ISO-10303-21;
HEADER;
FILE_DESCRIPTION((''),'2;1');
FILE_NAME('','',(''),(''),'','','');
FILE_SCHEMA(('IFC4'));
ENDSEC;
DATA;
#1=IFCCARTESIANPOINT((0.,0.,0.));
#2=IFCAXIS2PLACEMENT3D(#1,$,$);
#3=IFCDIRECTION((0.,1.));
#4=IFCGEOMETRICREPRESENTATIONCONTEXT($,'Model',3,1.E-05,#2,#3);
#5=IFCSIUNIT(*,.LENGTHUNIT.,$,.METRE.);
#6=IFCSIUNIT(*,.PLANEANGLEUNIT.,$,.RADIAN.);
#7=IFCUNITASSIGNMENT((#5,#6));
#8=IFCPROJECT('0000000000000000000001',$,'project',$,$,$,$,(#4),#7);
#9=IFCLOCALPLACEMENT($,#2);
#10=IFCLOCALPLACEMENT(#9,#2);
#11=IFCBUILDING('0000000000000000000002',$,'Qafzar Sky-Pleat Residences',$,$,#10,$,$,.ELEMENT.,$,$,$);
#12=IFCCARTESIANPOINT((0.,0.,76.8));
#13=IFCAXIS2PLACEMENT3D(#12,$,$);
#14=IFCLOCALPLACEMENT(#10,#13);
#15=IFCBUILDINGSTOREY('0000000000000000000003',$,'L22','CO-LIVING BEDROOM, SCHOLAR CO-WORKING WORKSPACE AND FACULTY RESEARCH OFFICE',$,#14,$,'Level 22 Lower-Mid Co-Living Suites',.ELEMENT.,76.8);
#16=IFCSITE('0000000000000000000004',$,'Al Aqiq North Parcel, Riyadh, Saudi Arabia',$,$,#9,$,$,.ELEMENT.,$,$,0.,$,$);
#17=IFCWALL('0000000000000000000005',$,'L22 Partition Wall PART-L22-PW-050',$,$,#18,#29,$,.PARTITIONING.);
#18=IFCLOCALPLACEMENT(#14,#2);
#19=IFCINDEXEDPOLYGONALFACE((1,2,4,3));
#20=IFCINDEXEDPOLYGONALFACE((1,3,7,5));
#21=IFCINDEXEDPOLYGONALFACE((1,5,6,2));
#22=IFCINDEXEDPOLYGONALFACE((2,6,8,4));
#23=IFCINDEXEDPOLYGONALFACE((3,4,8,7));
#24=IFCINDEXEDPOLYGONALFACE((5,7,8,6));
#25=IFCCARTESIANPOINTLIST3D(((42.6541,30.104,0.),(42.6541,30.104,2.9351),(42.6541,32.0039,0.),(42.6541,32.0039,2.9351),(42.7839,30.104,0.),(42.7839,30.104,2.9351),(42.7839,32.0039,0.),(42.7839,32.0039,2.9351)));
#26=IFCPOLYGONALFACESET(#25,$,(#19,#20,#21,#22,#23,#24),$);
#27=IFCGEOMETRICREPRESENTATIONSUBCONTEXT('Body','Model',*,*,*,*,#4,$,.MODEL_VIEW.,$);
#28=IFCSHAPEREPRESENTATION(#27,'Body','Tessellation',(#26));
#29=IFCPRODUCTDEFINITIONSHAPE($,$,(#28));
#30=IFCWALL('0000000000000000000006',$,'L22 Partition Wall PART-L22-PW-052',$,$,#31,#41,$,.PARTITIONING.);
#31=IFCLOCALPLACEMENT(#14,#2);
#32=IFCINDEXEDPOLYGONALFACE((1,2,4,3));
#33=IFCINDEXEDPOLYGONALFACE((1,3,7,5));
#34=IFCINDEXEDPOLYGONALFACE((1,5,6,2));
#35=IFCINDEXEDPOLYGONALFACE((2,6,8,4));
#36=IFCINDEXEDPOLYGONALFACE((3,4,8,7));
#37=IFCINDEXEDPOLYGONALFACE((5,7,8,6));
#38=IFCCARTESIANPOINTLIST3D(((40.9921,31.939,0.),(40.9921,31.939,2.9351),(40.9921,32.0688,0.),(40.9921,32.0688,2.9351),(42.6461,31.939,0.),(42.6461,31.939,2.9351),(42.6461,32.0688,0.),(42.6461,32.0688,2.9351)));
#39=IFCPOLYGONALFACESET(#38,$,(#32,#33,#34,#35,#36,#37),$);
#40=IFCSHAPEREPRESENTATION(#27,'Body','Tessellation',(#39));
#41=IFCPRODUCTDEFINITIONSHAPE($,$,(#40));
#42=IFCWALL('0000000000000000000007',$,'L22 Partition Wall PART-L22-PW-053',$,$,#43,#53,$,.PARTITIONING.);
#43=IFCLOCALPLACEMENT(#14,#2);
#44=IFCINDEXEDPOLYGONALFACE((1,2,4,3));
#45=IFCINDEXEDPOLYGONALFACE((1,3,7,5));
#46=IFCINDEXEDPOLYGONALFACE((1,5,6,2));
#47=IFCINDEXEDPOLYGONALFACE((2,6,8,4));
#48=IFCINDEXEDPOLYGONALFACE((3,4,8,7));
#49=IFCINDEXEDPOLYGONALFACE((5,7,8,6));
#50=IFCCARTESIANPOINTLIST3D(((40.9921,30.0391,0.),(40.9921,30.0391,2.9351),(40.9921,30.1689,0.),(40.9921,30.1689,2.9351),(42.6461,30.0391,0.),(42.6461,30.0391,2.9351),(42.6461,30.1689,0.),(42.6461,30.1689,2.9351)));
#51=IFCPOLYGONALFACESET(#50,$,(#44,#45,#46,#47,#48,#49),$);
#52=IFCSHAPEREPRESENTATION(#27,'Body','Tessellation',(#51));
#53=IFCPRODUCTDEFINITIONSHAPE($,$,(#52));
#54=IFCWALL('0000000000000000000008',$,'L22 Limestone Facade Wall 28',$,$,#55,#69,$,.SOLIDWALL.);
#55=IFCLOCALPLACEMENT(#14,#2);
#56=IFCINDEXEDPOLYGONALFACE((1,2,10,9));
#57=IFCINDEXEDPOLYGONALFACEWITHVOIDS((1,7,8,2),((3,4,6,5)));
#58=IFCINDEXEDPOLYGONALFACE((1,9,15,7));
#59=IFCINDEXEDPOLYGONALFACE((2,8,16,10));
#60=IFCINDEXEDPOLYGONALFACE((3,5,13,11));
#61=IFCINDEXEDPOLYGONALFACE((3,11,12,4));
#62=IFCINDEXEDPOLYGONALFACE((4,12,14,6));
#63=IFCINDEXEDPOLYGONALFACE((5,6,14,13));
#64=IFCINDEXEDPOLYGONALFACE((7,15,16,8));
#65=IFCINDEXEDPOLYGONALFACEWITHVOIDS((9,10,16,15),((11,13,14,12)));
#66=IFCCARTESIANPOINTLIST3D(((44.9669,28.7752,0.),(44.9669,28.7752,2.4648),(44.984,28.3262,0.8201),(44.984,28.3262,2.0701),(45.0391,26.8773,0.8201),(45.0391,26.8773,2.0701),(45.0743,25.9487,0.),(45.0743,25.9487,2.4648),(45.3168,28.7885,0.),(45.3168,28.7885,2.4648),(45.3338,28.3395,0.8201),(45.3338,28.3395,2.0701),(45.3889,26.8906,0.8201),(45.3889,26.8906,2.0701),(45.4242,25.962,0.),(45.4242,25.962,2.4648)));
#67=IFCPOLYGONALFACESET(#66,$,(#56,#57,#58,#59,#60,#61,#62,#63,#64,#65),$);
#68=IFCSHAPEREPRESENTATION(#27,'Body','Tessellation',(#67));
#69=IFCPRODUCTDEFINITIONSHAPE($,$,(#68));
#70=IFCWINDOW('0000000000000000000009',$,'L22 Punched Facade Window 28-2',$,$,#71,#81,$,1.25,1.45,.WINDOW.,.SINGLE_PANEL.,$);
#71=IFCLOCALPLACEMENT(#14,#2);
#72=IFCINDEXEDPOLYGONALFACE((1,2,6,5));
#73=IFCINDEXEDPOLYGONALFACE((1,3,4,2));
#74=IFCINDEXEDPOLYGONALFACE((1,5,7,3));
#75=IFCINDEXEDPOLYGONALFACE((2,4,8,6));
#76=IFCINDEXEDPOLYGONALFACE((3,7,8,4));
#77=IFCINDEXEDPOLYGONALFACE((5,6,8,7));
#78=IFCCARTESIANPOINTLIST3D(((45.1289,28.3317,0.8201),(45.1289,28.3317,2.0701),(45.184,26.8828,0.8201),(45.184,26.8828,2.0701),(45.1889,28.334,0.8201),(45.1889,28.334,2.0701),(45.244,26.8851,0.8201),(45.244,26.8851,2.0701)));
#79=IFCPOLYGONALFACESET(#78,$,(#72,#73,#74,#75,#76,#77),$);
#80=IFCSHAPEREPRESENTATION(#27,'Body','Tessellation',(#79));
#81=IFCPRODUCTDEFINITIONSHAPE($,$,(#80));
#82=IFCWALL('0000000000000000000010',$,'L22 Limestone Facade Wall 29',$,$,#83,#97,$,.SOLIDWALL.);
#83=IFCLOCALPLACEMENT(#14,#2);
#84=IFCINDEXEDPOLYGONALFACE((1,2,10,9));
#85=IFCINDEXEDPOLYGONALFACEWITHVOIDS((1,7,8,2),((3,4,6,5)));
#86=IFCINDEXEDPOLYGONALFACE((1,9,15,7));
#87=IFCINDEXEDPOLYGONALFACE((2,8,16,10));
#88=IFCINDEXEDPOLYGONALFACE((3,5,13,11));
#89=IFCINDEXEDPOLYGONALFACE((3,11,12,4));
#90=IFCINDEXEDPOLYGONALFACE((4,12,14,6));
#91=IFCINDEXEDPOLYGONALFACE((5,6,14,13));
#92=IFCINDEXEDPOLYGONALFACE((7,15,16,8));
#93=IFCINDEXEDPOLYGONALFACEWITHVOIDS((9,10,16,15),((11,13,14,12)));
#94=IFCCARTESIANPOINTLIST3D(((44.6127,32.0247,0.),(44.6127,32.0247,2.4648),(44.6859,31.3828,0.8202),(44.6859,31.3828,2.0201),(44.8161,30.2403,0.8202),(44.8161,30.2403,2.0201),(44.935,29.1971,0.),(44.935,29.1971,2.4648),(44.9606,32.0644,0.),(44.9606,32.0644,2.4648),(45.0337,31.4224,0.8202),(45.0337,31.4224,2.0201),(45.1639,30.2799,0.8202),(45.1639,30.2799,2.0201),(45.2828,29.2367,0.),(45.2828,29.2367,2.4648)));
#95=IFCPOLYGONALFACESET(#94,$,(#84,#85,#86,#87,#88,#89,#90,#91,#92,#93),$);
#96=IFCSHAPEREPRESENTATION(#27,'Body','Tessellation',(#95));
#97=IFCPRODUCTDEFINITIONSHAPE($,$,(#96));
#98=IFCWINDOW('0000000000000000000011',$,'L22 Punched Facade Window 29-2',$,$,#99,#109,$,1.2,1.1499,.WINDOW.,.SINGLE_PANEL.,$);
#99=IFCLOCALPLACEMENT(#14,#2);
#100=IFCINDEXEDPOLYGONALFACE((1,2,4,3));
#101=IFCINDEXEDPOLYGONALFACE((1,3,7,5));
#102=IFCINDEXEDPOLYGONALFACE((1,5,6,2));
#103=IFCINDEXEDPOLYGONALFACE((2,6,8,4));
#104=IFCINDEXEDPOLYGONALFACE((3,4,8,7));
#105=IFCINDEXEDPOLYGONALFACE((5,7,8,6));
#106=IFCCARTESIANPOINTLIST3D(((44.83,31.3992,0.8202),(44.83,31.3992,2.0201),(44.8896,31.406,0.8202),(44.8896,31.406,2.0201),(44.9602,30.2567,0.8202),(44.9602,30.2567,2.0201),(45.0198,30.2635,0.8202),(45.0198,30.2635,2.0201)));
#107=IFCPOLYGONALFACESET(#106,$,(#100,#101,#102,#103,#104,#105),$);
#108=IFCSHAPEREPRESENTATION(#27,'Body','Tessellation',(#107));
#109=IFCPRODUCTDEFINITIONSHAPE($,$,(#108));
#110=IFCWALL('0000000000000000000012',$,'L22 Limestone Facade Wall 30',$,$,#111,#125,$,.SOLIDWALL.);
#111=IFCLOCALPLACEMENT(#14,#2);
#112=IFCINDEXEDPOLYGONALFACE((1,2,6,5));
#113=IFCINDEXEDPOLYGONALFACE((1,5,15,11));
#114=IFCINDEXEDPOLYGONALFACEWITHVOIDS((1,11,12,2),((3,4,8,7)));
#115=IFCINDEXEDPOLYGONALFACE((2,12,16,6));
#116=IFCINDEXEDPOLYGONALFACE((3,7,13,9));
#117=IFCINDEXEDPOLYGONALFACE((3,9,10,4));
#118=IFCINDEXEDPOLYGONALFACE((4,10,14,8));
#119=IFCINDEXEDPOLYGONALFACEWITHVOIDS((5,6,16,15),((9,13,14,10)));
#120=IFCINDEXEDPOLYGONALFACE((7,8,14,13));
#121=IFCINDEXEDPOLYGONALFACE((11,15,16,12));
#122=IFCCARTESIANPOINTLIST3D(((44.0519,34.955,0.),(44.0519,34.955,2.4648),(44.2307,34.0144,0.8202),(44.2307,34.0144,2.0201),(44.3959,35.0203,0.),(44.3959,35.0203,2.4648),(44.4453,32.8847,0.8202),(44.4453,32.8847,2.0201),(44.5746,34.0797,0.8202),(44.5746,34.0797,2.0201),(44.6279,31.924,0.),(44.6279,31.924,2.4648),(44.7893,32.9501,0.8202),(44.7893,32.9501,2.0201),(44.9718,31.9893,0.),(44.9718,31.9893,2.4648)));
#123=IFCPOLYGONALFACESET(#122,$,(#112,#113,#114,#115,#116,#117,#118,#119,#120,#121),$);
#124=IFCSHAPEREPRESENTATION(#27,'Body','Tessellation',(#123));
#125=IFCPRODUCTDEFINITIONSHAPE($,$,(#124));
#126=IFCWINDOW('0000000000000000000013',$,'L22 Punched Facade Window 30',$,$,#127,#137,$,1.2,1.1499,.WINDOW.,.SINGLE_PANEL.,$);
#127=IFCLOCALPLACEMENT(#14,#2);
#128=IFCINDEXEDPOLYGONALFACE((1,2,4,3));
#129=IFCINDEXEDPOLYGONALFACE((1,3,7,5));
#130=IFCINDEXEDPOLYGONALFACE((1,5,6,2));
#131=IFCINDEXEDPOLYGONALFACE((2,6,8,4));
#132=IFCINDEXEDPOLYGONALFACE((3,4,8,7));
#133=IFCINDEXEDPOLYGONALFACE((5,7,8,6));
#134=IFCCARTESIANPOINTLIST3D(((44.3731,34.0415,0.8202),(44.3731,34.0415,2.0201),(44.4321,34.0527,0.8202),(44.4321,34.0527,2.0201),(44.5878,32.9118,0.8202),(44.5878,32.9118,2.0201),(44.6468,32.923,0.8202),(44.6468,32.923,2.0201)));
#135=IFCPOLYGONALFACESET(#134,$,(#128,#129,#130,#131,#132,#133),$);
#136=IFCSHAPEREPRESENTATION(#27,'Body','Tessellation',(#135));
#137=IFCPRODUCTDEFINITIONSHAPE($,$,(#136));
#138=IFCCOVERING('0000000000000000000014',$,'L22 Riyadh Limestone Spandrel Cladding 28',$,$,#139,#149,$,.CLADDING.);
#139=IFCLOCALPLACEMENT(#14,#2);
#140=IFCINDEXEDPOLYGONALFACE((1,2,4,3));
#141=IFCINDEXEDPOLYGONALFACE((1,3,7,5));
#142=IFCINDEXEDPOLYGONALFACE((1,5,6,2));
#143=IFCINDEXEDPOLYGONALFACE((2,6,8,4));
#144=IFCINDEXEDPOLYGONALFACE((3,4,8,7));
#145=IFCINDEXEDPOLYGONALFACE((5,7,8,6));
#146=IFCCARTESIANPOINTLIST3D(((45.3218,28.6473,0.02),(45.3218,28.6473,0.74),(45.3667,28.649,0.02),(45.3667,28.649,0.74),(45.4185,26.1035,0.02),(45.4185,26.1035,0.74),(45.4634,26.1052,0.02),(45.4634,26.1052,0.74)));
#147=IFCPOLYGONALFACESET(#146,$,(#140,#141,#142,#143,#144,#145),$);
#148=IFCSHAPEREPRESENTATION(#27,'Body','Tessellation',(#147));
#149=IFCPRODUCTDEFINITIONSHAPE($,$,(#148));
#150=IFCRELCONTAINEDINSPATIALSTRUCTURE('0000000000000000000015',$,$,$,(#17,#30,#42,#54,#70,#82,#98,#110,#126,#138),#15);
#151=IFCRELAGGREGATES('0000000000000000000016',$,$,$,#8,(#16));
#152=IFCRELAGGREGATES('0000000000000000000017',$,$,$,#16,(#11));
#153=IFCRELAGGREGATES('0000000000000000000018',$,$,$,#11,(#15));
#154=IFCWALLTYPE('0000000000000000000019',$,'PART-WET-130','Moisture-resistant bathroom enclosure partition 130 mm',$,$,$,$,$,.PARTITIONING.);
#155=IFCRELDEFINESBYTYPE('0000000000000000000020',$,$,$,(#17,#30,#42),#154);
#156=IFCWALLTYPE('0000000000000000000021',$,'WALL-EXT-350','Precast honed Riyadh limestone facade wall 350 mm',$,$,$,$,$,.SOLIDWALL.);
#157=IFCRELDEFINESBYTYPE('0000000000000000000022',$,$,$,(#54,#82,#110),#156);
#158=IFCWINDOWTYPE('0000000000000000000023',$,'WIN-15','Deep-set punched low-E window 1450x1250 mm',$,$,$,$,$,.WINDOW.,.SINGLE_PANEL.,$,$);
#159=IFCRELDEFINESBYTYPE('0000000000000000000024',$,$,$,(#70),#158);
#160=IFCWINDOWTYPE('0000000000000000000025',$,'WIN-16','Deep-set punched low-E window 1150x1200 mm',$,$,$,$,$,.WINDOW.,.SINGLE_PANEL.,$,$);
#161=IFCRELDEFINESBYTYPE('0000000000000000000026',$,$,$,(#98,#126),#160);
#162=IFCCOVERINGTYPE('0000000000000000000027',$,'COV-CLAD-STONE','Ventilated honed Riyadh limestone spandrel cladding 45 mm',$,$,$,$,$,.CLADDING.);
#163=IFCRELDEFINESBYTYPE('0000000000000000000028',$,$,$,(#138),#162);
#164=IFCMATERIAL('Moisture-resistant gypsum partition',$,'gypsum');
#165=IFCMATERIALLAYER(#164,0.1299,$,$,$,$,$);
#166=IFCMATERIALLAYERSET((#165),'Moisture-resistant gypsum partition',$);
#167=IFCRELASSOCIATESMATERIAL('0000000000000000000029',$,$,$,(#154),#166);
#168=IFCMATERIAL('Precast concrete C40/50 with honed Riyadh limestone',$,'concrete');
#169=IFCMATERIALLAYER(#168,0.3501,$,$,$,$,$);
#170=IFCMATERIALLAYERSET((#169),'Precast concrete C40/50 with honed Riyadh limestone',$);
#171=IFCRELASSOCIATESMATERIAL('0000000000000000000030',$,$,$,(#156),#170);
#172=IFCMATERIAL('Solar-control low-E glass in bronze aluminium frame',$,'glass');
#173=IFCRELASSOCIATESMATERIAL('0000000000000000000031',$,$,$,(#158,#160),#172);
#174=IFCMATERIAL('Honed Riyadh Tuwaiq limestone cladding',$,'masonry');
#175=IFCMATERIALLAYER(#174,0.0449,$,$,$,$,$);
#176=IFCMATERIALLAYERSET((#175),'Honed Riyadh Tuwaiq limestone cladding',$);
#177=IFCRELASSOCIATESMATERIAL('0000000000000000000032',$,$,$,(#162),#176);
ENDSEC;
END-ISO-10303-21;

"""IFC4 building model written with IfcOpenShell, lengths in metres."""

from ifc_helpers import new_model, si_unit, direction, frame, frame_2d, origin, origin_2d, place, context, subcontext, project, spatial, rectangle, extrude, source, transform, mapped, material, layer, layer_set, type_object, element, fill, save


model = new_model("IFC4")

# Units and contexts
model_context = context("Model", 3, precision=1e-05, world=origin(), true_north=direction((0.0, 1.0)))
body_context = subcontext(model_context, "Body", "Model", "MODEL_VIEW")
ifc_project = project(units=[si_unit("LENGTHUNIT", "METRE"), si_unit("PLANEANGLEUNIT", "RADIAN")], contexts=[model_context])

# Site, building, storey
site_placement = place(None, origin())
site = spatial("IfcSite", under=ifc_project, at=site_placement, Name="Al Aqiq North Parcel, Riyadh, Saudi Arabia", CompositionType="ELEMENT", RefElevation=0.0)
building_placement = place(site_placement, origin())
building = spatial("IfcBuilding", under=site, at=building_placement, Name="Qafzar Sky-Pleat Residences", CompositionType="ELEMENT")
storey_placement = place(building_placement, frame((0.0, 0.0, 76.8)))
storey = spatial("IfcBuildingStorey", under=building, at=storey_placement, Name="L22", Description="CO-LIVING BEDROOM, SCHOLAR CO-WORKING WORKSPACE AND FACULTY RESEARCH OFFICE", LongName="Level 22 Lower-Mid Co-Living Suites", CompositionType="ELEMENT", Elevation=76.8)

# Shared definitions
ifc_material_1 = material(Name="Moisture-resistant gypsum partition", Category="gypsum")
ifc_layer_1 = layer(ifc_material_1, 0.1299)
ifc_layer_set_1 = layer_set([ifc_layer_1], Name="Moisture-resistant gypsum partition")
wall_type_1 = type_object("IfcWallType", Name="PART-WET-130", Description="Moisture-resistant bathroom enclosure partition 130 mm", PredefinedType="PARTITIONING", material=ifc_layer_set_1)

# Walls
wall_1_placement = place(storey_placement, frame((42.719, 30.104, 0.0), z_axis=(0.0, 0.0, 1.0), x_axis=(0.0, 1.0, 0.0)))
element("IfcWall", 1, at=wall_1_placement, inside=storey, type_object=wall_type_1, Name="L22 Partition Wall PART-L22-PW-050", PredefinedType="PARTITIONING", context=body_context, shape_type="SweptSolid", body=[
    extrude(rectangle(XDim=1.8999, YDim=0.1299, at=frame_2d((0.95, 0.0))), origin(), (0.0, 0.0, 1.0), 2.9351),
])
for number, where, z_axis, x_axis, name in (
    (2, (40.9919, 32.0039, 0.0), (0.0, 0.0, 1.0), (1.0, 0.0, 0.0), "L22 Partition Wall PART-L22-PW-052"),
    (3, (40.9919, 30.104, 0.0), (0.0, 0.0, 1.0), (1.0, 0.0, 0.0), "L22 Partition Wall PART-L22-PW-053"),
):
    element("IfcWall", number, at=place(storey_placement, frame(where, z_axis=z_axis, x_axis=x_axis)), inside=storey, type_object=wall_type_1, Name=name, PredefinedType="PARTITIONING", context=body_context, shape_type="SweptSolid", body=[
        extrude(rectangle(XDim=1.6541, YDim=0.1299, at=frame_2d((0.8271, 0.0))), origin(), (0.0, 0.0, 1.0), 2.9351),
    ])

# Walls, openings, windows
ifc_material_2 = material(Name="Precast concrete C40/50 with honed Riyadh limestone", Category="concrete")
ifc_layer_2 = layer(ifc_material_2, 0.3501)
ifc_layer_set_2 = layer_set([ifc_layer_2], Name="Precast concrete C40/50 with honed Riyadh limestone")
wall_type_2 = type_object("IfcWallType", Name="WALL-EXT-350", Description="Precast honed Riyadh limestone facade wall 350 mm", PredefinedType="SOLIDWALL", material=ifc_layer_set_2)
wall_2_placement = place(storey_placement, frame((45.2493, 25.9553, 0.0), z_axis=(0.0, 0.0, 1.0), x_axis=(-0.037976, 0.999279, 0.0)))
wall_2 = element("IfcWall", 4, at=wall_2_placement, inside=storey, type_object=wall_type_2, Name="L22 Limestone Facade Wall 28", PredefinedType="SOLIDWALL", context=body_context, shape_type="SweptSolid", body=[
    extrude(rectangle(XDim=2.8286, YDim=0.3501, at=frame_2d((1.4143, 0.0))), origin(), (0.0, 0.0, 1.0), 2.4648),
])
opening_1_placement = place(wall_2_placement, frame((0.9292, 0.0, 0.8201)))
opening_1 = element("IfcOpeningElement", 5, at=opening_1_placement, cuts=wall_2, PredefinedType="OPENING", context=body_context, shape_type="SweptSolid", body=[
    extrude(rectangle(XDim=1.45, YDim=1.25, at=frame_2d((0.7251, 0.625))), frame((0.0, 0.1851, 0.0), z_axis=(0.0, -1.0, 0.0), x_axis=(1.0, 0.0, 0.0)), (0.0, 0.0, 1.0), 0.3701),
])
ifc_material_3 = material(Name="Solar-control low-E glass in bronze aluminium frame", Category="glass")
window_type_1 = type_object("IfcWindowType", Name="WIN-15", Description="Deep-set punched low-E window 1450x1250 mm", PartitioningType="SINGLE_PANEL", PredefinedType="WINDOW", material=ifc_material_3)
shared_shape_1 = source(origin(), body_context, "Body", "SweptSolid", [
    extrude(rectangle(XDim=1.45, YDim=1.25, at=frame_2d((0.7251, 0.625))), frame((0.0, 0.03, 0.0), z_axis=(0.0, -1.0, 0.0), x_axis=(1.0, 0.0, 0.0)), (0.0, 0.0, 1.0), 0.0601),
])
window_1_placement = place(opening_1_placement, origin())
window_1 = element("IfcWindow", 6, at=window_1_placement, inside=storey, type_object=window_type_1, Name="L22 Punched Facade Window 28-2", OverallHeight=1.25, OverallWidth=1.45, PartitioningType="SINGLE_PANEL", PredefinedType="WINDOW", context=body_context, shape_type="MappedRepresentation", body=[
    mapped(shared_shape_1, transform((0.0, 0.0, 0.0), x_axis=(1.0, 0.0, 0.0), y_axis=(0.0, 1.0, 0.0), z_axis=(0.0, 0.0, 1.0), scale=1.0)),
])
fill(opening_1, window_1)
wall_3_placement = place(storey_placement, frame((45.1089, 29.217, 0.0), z_axis=(0.0, 0.0, 1.0), x_axis=(-0.113237, 0.993568, 0.0)))
wall_3 = element("IfcWall", 7, at=wall_3_placement, inside=storey, type_object=wall_type_2, Name="L22 Limestone Facade Wall 29", PredefinedType="SOLIDWALL", context=body_context, shape_type="SweptSolid", body=[
    extrude(rectangle(XDim=2.8459, YDim=0.3501, at=frame_2d((1.4229, 0.0))), origin(), (0.0, 0.0, 1.0), 2.4648),
])
opening_2_placement = place(wall_3_placement, frame((1.0498, 0.0, 0.8201)))
opening_2 = element("IfcOpeningElement", 8, at=opening_2_placement, cuts=wall_3, PredefinedType="OPENING", context=body_context, shape_type="SweptSolid", body=[
    extrude(rectangle(XDim=1.1499, YDim=1.2, at=frame_2d((0.575, 0.6001))), frame((0.0, 0.1851, 0.0), z_axis=(0.0, -1.0, 0.0), x_axis=(1.0, 0.0, 0.0)), (0.0, 0.0, 1.0), 0.3701),
])
window_type_2 = type_object("IfcWindowType", Name="WIN-16", Description="Deep-set punched low-E window 1150x1200 mm", PartitioningType="SINGLE_PANEL", PredefinedType="WINDOW", material=ifc_material_3)
shared_shape_2 = source(origin(), body_context, "Body", "SweptSolid", [
    extrude(rectangle(XDim=1.1499, YDim=1.2, at=frame_2d((0.575, 0.6001))), frame((0.0, 0.03, 0.0), z_axis=(0.0, -1.0, 0.0), x_axis=(1.0, 0.0, 0.0)), (0.0, 0.0, 1.0), 0.0601),
])
window_2_placement = place(opening_2_placement, origin())
window_2 = element("IfcWindow", 9, at=window_2_placement, inside=storey, type_object=window_type_2, Name="L22 Punched Facade Window 29-2", OverallHeight=1.2, OverallWidth=1.1499, PartitioningType="SINGLE_PANEL", PredefinedType="WINDOW", context=body_context, shape_type="MappedRepresentation", body=[
    mapped(shared_shape_2, transform((0.0, 0.0, 0.0), x_axis=(1.0, 0.0, 0.0), y_axis=(0.0, 1.0, 0.0), z_axis=(0.0, 0.0, 1.0), scale=1.0)),
])
fill(opening_2, window_2)
wall_4_placement = place(storey_placement, frame((44.7998, 31.9568, 0.0), z_axis=(0.0, 0.0, 1.0), x_axis=(-0.186672, 0.982422, 0.0)))
wall_4 = element("IfcWall", 10, at=wall_4_placement, inside=storey, type_object=wall_type_2, Name="L22 Limestone Facade Wall 30", PredefinedType="SOLIDWALL", context=body_context, shape_type="SweptSolid", body=[
    extrude(rectangle(XDim=3.0852, YDim=0.3501, at=frame_2d((1.5425, 0.0))), origin(), (0.0, 0.0, 1.0), 2.4648),
])
opening_3_placement = place(wall_4_placement, frame((0.9778, 0.0, 0.8201)))
opening_3 = element("IfcOpeningElement", 11, at=opening_3_placement, cuts=wall_4, PredefinedType="OPENING", context=body_context, shape_type="SweptSolid", body=[
    extrude(rectangle(XDim=1.1499, YDim=1.2, at=frame_2d((0.575, 0.6001))), frame((0.0, 0.1851, 0.0), z_axis=(0.0, -1.0, 0.0), x_axis=(1.0, 0.0, 0.0)), (0.0, 0.0, 1.0), 0.3701),
])
window_3_placement = place(opening_3_placement, origin())
window_3 = element("IfcWindow", 12, at=window_3_placement, inside=storey, type_object=window_type_2, Name="L22 Punched Facade Window 30", OverallHeight=1.2, OverallWidth=1.1499, PartitioningType="SINGLE_PANEL", PredefinedType="WINDOW", context=body_context, shape_type="MappedRepresentation", body=[
    mapped(shared_shape_2, transform((0.0, 0.0, 0.0), x_axis=(1.0, 0.0, 0.0), y_axis=(0.0, 1.0, 0.0), z_axis=(0.0, 0.0, 1.0), scale=1.0)),
])
fill(opening_3, window_3)

# Covering
ifc_material_4 = material(Name="Honed Riyadh Tuwaiq limestone cladding", Category="masonry")
ifc_layer_3 = layer(ifc_material_4, 0.0449)
ifc_layer_set_3 = layer_set([ifc_layer_3], Name="Honed Riyadh Tuwaiq limestone cladding")
covering_type = type_object("IfcCoveringType", Name="COV-CLAD-STONE", Description="Ventilated honed Riyadh limestone spandrel cladding 45 mm", PredefinedType="CLADDING", material=ifc_layer_set_3)
shared_shape_3 = source(origin(), body_context, "Body", "SweptSolid", [
    extrude(rectangle(XDim=2.5457, YDim=0.0449, at=origin_2d()), origin(), (0.0, 0.0, 1.0), 0.72),
])
covering_placement = place(storey_placement, frame((45.3926, 27.3762, 0.02), z_axis=(0.0, 0.0, 1.0), x_axis=(-0.03797, 0.999279, 0.0)))
element("IfcCovering", 13, at=covering_placement, inside=storey, type_object=covering_type, Name="L22 Riyadh Limestone Spandrel Cladding 28", PredefinedType="CLADDING", context=body_context, shape_type="MappedRepresentation", body=[
    mapped(shared_shape_3, transform((0.0, 0.0, 0.0), x_axis=(1.0, 0.0, 0.0), y_axis=(0.0, 1.0, 0.0), z_axis=(0.0, 0.0, 1.0), scale=1.0)),
])

save(model, "model.ifc")
